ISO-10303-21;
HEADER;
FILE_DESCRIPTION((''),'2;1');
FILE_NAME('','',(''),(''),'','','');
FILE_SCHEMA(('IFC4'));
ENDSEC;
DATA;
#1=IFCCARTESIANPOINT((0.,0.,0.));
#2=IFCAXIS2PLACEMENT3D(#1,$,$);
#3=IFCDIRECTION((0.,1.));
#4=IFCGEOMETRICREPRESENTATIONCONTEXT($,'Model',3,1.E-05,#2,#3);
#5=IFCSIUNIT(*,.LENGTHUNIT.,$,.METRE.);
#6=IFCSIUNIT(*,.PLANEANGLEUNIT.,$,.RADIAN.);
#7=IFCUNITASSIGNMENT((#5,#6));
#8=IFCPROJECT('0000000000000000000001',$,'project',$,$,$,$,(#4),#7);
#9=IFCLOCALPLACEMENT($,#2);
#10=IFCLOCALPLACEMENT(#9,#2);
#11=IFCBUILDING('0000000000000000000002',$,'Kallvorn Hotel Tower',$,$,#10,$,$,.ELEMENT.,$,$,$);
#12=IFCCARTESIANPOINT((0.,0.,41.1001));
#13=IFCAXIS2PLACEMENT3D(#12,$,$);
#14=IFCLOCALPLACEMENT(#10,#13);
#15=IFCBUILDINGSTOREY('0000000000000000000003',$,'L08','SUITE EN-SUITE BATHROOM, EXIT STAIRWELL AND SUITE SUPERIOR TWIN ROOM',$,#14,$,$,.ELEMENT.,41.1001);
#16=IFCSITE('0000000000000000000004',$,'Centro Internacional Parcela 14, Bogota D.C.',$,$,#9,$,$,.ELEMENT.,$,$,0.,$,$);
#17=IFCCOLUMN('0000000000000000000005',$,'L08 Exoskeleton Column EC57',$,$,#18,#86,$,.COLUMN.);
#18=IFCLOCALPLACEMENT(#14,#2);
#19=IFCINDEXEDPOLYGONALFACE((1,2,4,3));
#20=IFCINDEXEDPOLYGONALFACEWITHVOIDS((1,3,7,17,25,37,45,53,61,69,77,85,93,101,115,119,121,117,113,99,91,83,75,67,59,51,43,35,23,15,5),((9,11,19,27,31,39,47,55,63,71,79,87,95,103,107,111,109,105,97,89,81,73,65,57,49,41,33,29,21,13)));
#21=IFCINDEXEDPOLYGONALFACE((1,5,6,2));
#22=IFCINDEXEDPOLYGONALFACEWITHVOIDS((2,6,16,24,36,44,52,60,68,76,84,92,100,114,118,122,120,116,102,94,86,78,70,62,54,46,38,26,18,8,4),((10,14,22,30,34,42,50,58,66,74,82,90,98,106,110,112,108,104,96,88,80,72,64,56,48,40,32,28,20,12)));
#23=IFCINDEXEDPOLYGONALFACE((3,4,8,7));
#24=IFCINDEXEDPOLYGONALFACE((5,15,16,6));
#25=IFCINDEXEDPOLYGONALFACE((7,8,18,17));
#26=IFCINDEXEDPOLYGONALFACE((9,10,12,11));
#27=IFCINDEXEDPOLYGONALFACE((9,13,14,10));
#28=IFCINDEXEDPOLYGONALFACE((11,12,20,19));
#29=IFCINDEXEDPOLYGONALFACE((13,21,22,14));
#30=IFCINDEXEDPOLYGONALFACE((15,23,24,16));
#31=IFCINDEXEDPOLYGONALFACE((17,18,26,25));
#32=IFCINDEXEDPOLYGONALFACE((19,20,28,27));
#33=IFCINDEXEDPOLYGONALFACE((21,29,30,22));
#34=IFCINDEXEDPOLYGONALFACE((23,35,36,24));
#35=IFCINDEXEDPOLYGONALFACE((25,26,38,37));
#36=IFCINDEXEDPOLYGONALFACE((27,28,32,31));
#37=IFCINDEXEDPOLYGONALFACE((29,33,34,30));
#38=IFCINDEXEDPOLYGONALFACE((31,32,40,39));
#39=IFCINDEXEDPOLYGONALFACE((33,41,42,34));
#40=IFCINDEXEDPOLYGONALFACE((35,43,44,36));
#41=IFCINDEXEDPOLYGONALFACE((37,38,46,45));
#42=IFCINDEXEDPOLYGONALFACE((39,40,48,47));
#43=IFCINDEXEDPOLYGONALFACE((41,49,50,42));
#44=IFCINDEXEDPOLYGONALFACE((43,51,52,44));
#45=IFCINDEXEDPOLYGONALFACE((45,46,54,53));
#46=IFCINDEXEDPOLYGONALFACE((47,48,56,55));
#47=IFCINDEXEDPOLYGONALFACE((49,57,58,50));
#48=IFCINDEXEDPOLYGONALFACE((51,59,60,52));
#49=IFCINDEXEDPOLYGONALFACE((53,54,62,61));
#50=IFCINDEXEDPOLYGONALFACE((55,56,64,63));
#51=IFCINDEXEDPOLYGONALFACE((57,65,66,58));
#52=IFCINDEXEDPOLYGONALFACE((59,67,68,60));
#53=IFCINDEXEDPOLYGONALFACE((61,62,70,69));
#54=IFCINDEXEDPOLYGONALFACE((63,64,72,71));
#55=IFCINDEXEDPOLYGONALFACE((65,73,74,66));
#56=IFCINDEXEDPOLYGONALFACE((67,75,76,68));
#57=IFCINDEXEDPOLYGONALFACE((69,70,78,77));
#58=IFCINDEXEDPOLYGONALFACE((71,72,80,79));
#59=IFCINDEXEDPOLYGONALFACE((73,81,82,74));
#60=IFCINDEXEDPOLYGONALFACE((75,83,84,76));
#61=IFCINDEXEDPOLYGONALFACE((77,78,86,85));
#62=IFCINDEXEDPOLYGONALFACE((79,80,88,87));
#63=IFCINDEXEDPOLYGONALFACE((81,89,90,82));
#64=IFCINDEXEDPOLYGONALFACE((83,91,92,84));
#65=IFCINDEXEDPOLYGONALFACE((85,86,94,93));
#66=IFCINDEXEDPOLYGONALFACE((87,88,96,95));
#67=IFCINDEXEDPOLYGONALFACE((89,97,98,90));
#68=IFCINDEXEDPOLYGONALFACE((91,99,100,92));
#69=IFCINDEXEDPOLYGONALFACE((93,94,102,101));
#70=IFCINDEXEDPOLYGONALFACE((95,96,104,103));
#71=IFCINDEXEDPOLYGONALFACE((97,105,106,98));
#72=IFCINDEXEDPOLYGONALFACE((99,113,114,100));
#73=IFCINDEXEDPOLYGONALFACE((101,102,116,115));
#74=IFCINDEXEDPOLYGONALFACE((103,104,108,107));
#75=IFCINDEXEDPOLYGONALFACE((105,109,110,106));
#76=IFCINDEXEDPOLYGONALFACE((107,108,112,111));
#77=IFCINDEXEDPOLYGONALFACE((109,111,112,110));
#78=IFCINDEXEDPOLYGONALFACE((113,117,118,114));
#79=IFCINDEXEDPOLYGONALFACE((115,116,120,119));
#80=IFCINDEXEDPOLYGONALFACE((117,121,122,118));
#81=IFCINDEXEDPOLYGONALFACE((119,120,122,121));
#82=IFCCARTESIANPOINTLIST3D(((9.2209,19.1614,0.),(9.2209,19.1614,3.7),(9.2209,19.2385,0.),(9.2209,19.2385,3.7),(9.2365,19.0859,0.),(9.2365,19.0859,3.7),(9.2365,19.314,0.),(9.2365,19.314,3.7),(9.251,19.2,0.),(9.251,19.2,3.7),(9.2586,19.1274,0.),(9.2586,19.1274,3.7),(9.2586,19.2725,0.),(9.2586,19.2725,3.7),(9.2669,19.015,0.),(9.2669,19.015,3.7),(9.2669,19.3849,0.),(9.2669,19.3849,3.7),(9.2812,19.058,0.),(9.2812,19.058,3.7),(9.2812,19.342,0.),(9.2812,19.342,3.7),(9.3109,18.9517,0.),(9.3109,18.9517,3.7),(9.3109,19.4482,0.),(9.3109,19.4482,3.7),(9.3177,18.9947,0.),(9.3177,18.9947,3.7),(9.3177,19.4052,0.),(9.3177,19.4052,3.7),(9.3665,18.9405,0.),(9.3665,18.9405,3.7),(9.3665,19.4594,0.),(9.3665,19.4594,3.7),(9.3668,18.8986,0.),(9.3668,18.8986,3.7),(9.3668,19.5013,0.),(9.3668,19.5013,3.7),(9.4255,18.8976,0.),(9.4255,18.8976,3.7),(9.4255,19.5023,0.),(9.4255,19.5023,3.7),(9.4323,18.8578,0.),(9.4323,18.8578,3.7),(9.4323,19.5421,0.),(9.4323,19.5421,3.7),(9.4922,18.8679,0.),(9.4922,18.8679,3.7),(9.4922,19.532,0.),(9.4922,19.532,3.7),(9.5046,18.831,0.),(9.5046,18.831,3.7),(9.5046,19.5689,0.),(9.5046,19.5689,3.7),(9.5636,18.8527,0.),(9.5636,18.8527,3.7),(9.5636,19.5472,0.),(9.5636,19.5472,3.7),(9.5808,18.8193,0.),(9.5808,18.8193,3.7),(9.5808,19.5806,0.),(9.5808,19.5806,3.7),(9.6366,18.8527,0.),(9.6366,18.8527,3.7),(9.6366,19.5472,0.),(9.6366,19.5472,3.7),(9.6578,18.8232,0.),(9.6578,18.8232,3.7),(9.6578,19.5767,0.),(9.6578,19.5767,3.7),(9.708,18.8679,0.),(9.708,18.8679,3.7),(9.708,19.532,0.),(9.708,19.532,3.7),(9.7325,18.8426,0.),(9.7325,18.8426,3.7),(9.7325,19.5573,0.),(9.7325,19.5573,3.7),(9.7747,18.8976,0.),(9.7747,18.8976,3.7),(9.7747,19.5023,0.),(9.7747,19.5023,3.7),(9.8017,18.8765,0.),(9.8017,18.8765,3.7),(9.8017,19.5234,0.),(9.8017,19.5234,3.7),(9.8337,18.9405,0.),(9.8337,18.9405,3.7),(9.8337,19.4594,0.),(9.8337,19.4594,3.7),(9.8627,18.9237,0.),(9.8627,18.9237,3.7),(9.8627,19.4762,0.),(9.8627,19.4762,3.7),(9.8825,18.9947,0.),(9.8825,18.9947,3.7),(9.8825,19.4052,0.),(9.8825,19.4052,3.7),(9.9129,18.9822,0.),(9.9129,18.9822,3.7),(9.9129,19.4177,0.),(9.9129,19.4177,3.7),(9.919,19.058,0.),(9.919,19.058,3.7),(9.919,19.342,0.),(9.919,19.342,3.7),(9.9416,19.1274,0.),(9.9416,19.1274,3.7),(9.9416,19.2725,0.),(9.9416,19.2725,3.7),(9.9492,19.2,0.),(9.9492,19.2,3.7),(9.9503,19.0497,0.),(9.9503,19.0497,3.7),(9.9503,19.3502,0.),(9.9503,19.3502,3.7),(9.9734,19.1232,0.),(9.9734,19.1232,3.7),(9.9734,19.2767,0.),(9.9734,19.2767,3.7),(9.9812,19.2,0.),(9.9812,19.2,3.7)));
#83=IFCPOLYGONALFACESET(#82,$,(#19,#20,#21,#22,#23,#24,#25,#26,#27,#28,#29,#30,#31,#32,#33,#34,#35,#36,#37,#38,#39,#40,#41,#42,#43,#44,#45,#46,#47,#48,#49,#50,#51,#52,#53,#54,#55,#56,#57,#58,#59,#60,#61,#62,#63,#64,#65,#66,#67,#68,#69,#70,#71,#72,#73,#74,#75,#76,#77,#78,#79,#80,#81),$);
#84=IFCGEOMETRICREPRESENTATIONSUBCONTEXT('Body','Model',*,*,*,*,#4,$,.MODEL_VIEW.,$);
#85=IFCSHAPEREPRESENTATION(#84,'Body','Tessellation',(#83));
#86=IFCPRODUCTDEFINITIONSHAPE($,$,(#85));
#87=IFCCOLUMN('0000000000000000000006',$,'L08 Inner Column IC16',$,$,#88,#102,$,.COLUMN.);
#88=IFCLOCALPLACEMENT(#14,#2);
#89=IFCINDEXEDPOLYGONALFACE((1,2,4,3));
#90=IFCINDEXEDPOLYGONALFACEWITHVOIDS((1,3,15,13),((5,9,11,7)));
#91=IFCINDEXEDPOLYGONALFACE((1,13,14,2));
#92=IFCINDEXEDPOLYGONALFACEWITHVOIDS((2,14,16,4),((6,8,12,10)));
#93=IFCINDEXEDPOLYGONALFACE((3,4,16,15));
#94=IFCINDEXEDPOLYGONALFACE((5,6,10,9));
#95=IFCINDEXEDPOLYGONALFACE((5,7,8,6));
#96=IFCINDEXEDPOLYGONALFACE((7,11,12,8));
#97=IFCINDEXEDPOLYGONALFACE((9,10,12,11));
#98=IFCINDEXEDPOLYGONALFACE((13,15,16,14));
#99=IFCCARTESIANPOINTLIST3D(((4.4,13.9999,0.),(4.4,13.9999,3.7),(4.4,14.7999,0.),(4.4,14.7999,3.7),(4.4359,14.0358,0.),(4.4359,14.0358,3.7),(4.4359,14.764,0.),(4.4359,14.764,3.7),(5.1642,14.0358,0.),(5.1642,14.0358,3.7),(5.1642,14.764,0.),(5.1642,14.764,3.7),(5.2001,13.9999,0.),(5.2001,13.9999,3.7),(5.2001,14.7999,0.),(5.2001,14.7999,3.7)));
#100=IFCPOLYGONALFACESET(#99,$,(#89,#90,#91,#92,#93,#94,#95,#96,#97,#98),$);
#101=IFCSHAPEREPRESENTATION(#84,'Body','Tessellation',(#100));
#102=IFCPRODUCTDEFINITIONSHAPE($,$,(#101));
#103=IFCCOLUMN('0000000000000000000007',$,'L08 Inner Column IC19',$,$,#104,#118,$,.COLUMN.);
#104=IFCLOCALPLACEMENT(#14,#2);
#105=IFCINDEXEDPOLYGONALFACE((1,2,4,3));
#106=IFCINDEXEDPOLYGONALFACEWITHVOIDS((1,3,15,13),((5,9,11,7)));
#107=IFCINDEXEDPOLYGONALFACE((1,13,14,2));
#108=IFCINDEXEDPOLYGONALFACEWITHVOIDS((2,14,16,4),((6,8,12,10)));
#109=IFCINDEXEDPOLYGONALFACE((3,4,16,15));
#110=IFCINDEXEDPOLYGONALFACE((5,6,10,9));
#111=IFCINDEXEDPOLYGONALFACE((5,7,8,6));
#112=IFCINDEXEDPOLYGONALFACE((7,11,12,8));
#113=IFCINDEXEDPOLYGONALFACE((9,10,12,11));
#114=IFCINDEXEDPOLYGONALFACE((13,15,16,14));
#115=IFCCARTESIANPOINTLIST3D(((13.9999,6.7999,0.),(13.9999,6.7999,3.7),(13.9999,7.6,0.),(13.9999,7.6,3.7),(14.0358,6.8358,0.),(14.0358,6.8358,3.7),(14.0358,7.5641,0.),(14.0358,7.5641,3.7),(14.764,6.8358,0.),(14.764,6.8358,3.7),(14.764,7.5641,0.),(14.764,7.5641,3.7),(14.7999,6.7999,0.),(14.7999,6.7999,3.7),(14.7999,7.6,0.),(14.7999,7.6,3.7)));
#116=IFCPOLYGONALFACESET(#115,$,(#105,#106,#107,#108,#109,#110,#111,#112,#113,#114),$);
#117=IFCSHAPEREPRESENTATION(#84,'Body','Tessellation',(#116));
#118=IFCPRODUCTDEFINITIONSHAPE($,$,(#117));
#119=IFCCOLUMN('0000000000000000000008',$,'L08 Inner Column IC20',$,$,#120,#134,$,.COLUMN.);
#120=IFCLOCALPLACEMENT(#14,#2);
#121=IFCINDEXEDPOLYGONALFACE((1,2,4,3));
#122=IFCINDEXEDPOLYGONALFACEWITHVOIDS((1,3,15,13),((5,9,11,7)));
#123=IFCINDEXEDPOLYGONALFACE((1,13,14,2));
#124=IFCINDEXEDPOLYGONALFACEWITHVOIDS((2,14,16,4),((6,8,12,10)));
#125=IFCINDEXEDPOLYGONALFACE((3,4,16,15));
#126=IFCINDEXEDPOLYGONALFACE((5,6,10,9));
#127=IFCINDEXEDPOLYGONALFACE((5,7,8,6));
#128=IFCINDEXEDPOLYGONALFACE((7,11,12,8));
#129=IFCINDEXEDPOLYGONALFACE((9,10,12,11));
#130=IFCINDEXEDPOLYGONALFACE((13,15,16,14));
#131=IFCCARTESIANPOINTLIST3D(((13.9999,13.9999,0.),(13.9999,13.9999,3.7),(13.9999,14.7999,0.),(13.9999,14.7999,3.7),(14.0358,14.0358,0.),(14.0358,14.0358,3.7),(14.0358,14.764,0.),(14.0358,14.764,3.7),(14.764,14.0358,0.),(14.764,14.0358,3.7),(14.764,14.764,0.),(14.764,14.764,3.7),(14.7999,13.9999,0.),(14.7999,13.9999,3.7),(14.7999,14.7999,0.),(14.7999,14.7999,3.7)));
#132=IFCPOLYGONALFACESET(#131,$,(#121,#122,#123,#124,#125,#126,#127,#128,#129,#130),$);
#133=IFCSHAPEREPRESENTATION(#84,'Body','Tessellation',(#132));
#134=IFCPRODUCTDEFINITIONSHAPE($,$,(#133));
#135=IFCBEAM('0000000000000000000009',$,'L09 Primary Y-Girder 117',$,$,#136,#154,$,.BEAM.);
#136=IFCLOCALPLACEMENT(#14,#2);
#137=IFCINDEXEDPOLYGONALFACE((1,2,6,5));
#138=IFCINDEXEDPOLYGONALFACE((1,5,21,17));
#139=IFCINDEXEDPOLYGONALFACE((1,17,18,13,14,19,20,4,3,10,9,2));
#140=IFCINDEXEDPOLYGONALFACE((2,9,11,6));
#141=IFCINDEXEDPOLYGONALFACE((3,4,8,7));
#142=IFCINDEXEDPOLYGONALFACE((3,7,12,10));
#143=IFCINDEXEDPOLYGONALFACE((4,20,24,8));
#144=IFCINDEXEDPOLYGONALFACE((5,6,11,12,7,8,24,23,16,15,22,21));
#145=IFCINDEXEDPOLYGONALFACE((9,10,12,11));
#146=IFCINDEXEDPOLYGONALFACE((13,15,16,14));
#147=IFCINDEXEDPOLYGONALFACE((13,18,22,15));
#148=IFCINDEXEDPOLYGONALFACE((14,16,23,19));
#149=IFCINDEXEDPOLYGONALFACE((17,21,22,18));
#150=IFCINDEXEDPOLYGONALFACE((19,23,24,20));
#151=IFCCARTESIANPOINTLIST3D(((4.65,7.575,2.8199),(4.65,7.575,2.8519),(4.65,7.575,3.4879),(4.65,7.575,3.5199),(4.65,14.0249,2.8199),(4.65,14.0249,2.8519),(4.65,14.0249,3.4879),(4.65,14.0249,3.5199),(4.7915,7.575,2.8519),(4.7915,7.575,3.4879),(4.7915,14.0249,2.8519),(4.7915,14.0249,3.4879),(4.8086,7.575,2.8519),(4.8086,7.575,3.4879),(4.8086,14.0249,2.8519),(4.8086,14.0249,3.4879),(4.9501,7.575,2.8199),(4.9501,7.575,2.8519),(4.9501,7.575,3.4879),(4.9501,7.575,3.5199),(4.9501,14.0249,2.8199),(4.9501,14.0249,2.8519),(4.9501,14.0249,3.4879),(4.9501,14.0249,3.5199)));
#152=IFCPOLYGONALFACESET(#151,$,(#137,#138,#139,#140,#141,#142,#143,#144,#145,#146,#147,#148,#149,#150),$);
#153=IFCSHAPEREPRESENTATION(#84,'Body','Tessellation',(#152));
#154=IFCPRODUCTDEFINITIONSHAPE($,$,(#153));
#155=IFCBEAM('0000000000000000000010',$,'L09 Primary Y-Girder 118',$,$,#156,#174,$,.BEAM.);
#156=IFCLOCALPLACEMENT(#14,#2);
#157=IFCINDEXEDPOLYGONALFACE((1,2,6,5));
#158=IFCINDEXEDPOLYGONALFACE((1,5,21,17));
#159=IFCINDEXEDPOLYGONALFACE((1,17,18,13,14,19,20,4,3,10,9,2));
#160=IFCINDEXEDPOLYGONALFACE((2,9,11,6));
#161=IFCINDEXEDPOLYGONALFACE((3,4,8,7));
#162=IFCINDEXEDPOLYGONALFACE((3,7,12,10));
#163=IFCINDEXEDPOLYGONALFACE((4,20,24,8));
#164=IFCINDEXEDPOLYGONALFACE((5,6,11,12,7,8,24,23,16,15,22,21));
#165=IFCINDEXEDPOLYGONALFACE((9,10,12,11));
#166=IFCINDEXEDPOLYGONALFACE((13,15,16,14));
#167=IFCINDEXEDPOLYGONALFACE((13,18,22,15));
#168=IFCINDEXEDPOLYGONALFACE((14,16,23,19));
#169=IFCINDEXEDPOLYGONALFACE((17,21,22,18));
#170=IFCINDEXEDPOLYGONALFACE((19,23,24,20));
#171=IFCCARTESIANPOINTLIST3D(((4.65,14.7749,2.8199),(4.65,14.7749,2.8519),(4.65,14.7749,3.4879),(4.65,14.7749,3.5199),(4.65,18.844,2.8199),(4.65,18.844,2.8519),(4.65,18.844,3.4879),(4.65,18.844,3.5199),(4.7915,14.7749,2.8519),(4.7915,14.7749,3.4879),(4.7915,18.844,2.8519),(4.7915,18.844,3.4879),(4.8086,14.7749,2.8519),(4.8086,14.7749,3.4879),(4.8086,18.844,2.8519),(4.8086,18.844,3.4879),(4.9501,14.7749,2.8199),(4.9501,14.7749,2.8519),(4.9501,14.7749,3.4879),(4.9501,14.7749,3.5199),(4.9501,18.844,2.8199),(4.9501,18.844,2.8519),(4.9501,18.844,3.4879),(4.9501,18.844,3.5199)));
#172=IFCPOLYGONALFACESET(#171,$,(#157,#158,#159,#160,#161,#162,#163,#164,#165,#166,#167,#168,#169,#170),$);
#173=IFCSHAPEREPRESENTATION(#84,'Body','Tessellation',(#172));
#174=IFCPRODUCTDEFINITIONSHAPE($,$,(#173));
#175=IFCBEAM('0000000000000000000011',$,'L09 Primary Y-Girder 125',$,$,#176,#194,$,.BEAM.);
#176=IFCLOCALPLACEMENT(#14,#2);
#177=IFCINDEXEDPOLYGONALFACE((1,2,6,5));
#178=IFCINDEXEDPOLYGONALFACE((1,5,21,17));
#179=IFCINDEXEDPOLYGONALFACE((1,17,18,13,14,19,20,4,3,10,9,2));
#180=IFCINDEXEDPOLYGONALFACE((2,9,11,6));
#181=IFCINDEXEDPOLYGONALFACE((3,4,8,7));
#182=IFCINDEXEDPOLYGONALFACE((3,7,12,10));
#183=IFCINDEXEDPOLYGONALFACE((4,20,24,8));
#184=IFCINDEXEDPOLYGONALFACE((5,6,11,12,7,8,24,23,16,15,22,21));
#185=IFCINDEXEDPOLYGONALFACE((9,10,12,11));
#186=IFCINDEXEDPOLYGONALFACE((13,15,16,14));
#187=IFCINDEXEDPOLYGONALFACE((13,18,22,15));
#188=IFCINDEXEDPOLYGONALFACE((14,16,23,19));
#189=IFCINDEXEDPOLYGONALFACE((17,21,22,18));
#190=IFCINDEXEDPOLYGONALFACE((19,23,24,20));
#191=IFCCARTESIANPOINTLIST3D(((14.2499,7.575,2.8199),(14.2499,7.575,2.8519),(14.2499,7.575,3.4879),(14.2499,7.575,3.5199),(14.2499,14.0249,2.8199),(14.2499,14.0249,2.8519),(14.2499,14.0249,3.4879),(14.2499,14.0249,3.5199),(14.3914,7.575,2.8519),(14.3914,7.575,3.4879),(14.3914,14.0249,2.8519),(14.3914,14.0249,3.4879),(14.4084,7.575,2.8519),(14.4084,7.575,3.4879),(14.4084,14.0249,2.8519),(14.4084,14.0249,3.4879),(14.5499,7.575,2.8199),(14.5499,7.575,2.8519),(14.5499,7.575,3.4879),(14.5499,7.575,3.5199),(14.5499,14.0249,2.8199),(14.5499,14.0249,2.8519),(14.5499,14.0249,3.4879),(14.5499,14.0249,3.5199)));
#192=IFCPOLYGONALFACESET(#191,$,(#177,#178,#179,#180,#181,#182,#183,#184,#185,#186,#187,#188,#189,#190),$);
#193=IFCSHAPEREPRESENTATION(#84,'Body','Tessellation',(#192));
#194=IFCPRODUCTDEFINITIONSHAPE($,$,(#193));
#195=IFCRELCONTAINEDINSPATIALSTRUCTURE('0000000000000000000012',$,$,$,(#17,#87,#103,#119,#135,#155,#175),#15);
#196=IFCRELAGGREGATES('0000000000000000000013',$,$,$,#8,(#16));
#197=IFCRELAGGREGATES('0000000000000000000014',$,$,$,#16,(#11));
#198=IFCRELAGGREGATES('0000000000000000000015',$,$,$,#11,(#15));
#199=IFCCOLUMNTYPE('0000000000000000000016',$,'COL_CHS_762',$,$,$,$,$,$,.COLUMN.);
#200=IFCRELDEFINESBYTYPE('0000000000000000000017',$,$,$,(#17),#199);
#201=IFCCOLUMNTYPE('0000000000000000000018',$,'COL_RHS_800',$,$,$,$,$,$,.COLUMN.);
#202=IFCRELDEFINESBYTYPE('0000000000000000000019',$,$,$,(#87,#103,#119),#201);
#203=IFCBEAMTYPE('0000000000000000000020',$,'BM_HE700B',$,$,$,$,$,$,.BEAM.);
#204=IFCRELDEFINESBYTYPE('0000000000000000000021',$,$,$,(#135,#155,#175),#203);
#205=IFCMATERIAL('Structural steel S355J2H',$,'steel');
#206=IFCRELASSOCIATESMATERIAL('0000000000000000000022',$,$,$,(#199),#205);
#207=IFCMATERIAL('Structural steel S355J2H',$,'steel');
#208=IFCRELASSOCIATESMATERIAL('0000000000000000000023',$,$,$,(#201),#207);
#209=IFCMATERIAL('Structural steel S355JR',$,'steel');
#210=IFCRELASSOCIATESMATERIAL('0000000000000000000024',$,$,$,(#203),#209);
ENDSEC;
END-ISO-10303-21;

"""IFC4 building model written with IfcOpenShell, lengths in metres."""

from ifc_helpers import new_model, si_unit, direction, frame, origin, origin_2d, place, context, subcontext, project, spatial, hollow_rectangle, hollow_circle, i_section, extrude, material, material_profile, profile_set, type_object, element, save


model = new_model("IFC4")

# Units and contexts
model_context = context("Model", 3, precision=1e-05, world=origin(), true_north=direction((0.0, 1.0)))
body_context = subcontext(model_context, "Body", "Model", "MODEL_VIEW")
ifc_project = project(units=[si_unit("LENGTHUNIT", "METRE"), si_unit("PLANEANGLEUNIT", "RADIAN")], contexts=[model_context])

# Site, building, storey
site_placement = place(None, origin())
site = spatial("IfcSite", under=ifc_project, at=site_placement, Name="Centro Internacional Parcela 14, Bogota D.C.", CompositionType="ELEMENT", RefElevation=0.0)
building_placement = place(site_placement, origin())
building = spatial("IfcBuilding", under=site, at=building_placement, Name="Kallvorn Hotel Tower", CompositionType="ELEMENT")
storey_placement = place(building_placement, frame((0.0, 0.0, 41.1001)))
storey = spatial("IfcBuildingStorey", under=building, at=storey_placement, Name="L08", Description="SUITE EN-SUITE BATHROOM, EXIT STAIRWELL AND SUITE SUPERIOR TWIN ROOM", CompositionType="ELEMENT", Elevation=41.1001)

# Columns
ifc_material_1 = material(Name="Structural steel S355J2H", Category="steel")
ifc_material_profile_1 = material_profile(ifc_material_1, hollow_circle(Radius=0.3811, WallThickness=0.032, at=origin_2d()), Name="CHS 762x32")
ifc_profile_set_1 = profile_set([ifc_material_profile_1], Name="Structural steel S355J2H")
column_type_1 = type_object("IfcColumnType", Name="COL_CHS_762", PredefinedType="COLUMN", material=ifc_profile_set_1)
for number, where, z_axis, x_axis, name in (
    (1, (9.6001, 19.2, 0.0), (0.0, 0.0, 1.0), (1.0, 0.0, 0.0), "L08 Exoskeleton Column EC57"),
):
    element("IfcColumn", number, at=place(storey_placement, frame(where, z_axis=z_axis, x_axis=x_axis)), inside=storey, type_object=column_type_1, Name=name, PredefinedType="COLUMN", context=body_context, shape_type="SweptSolid", body=[
        extrude(hollow_circle(Radius=0.3811, WallThickness=0.032, at=origin_2d()), origin(), (0.0, 0.0, 1.0), 3.7),
    ])
ifc_material_2 = material(Name="Structural steel S355J2H", Category="steel")
ifc_material_profile_2 = material_profile(ifc_material_2, hollow_rectangle(XDim=0.8, YDim=0.8, WallThickness=0.0359, at=origin_2d()), Name="RHS 800x800x36")
ifc_profile_set_2 = profile_set([ifc_material_profile_2], Name="Structural steel S355J2H")
column_type_2 = type_object("IfcColumnType", Name="COL_RHS_800", PredefinedType="COLUMN", material=ifc_profile_set_2)
for number, where, z_axis, x_axis, name in (
    (2, (4.8, 14.3999, 0.0), (0.0, 0.0, 1.0), (1.0, 0.0, 0.0), "L08 Inner Column IC16"),
    (3, (14.3999, 7.2, 0.0), (0.0, 0.0, 1.0), (1.0, 0.0, 0.0), "L08 Inner Column IC19"),
    (4, (14.3999, 14.3999, 0.0), (0.0, 0.0, 1.0), (1.0, 0.0, 0.0), "L08 Inner Column IC20"),
):
    element("IfcColumn", number, at=place(storey_placement, frame(where, z_axis=z_axis, x_axis=x_axis)), inside=storey, type_object=column_type_2, Name=name, PredefinedType="COLUMN", context=body_context, shape_type="SweptSolid", body=[
        extrude(hollow_rectangle(XDim=0.8, YDim=0.8, WallThickness=0.0359, at=origin_2d()), origin(), (0.0, 0.0, 1.0), 3.7),
    ])

# Beams
ifc_material_3 = material(Name="Structural steel S355JR", Category="steel")
ifc_material_profile_3 = material_profile(ifc_material_3, i_section(OverallWidth=0.3, OverallDepth=0.7, WebThickness=0.0171, FlangeThickness=0.032, at=origin_2d()), Name="HE 700 B")
ifc_profile_set_3 = profile_set([ifc_material_profile_3], Name="Structural steel S355JR")
beam_type_1 = type_object("IfcBeamType", Name="BM_HE700B", PredefinedType="BEAM", material=ifc_profile_set_3)
beam_1_placement = place(storey_placement, frame((4.8, 7.575, 3.1699), z_axis=(0.0, 1.0, 0.0), x_axis=(-1.0, 0.0, 0.0)))
element("IfcBeam", 5, at=beam_1_placement, inside=storey, type_object=beam_type_1, Name="L09 Primary Y-Girder 117", PredefinedType="BEAM", context=body_context, shape_type="SweptSolid", body=[
    extrude(i_section(OverallWidth=0.3, OverallDepth=0.7, WebThickness=0.0171, FlangeThickness=0.032, at=origin_2d()), origin(), (0.0, 0.0, 1.0), 6.45),
])
beam_2_placement = place(storey_placement, frame((4.8, 14.7749, 3.1699), z_axis=(0.0, 1.0, 0.0), x_axis=(-1.0, 0.0, 0.0)))
element("IfcBeam", 6, at=beam_2_placement, inside=storey, type_object=beam_type_1, Name="L09 Primary Y-Girder 118", PredefinedType="BEAM", context=body_context, shape_type="SweptSolid", body=[
    extrude(i_section(OverallWidth=0.3, OverallDepth=0.7, WebThickness=0.0171, FlangeThickness=0.032, at=origin_2d()), origin(), (0.0, 0.0, 1.0), 4.0691),
])
beam_3_placement = place(storey_placement, frame((14.3999, 7.575, 3.1699), z_axis=(0.0, 1.0, 0.0), x_axis=(-1.0, 0.0, 0.0)))
element("IfcBeam", 7, at=beam_3_placement, inside=storey, type_object=beam_type_1, Name="L09 Primary Y-Girder 125", PredefinedType="BEAM", context=body_context, shape_type="SweptSolid", body=[
    extrude(i_section(OverallWidth=0.3, OverallDepth=0.7, WebThickness=0.0171, FlangeThickness=0.032, at=origin_2d()), origin(), (0.0, 0.0, 1.0), 6.45),
])

save(model, "model.ifc")
